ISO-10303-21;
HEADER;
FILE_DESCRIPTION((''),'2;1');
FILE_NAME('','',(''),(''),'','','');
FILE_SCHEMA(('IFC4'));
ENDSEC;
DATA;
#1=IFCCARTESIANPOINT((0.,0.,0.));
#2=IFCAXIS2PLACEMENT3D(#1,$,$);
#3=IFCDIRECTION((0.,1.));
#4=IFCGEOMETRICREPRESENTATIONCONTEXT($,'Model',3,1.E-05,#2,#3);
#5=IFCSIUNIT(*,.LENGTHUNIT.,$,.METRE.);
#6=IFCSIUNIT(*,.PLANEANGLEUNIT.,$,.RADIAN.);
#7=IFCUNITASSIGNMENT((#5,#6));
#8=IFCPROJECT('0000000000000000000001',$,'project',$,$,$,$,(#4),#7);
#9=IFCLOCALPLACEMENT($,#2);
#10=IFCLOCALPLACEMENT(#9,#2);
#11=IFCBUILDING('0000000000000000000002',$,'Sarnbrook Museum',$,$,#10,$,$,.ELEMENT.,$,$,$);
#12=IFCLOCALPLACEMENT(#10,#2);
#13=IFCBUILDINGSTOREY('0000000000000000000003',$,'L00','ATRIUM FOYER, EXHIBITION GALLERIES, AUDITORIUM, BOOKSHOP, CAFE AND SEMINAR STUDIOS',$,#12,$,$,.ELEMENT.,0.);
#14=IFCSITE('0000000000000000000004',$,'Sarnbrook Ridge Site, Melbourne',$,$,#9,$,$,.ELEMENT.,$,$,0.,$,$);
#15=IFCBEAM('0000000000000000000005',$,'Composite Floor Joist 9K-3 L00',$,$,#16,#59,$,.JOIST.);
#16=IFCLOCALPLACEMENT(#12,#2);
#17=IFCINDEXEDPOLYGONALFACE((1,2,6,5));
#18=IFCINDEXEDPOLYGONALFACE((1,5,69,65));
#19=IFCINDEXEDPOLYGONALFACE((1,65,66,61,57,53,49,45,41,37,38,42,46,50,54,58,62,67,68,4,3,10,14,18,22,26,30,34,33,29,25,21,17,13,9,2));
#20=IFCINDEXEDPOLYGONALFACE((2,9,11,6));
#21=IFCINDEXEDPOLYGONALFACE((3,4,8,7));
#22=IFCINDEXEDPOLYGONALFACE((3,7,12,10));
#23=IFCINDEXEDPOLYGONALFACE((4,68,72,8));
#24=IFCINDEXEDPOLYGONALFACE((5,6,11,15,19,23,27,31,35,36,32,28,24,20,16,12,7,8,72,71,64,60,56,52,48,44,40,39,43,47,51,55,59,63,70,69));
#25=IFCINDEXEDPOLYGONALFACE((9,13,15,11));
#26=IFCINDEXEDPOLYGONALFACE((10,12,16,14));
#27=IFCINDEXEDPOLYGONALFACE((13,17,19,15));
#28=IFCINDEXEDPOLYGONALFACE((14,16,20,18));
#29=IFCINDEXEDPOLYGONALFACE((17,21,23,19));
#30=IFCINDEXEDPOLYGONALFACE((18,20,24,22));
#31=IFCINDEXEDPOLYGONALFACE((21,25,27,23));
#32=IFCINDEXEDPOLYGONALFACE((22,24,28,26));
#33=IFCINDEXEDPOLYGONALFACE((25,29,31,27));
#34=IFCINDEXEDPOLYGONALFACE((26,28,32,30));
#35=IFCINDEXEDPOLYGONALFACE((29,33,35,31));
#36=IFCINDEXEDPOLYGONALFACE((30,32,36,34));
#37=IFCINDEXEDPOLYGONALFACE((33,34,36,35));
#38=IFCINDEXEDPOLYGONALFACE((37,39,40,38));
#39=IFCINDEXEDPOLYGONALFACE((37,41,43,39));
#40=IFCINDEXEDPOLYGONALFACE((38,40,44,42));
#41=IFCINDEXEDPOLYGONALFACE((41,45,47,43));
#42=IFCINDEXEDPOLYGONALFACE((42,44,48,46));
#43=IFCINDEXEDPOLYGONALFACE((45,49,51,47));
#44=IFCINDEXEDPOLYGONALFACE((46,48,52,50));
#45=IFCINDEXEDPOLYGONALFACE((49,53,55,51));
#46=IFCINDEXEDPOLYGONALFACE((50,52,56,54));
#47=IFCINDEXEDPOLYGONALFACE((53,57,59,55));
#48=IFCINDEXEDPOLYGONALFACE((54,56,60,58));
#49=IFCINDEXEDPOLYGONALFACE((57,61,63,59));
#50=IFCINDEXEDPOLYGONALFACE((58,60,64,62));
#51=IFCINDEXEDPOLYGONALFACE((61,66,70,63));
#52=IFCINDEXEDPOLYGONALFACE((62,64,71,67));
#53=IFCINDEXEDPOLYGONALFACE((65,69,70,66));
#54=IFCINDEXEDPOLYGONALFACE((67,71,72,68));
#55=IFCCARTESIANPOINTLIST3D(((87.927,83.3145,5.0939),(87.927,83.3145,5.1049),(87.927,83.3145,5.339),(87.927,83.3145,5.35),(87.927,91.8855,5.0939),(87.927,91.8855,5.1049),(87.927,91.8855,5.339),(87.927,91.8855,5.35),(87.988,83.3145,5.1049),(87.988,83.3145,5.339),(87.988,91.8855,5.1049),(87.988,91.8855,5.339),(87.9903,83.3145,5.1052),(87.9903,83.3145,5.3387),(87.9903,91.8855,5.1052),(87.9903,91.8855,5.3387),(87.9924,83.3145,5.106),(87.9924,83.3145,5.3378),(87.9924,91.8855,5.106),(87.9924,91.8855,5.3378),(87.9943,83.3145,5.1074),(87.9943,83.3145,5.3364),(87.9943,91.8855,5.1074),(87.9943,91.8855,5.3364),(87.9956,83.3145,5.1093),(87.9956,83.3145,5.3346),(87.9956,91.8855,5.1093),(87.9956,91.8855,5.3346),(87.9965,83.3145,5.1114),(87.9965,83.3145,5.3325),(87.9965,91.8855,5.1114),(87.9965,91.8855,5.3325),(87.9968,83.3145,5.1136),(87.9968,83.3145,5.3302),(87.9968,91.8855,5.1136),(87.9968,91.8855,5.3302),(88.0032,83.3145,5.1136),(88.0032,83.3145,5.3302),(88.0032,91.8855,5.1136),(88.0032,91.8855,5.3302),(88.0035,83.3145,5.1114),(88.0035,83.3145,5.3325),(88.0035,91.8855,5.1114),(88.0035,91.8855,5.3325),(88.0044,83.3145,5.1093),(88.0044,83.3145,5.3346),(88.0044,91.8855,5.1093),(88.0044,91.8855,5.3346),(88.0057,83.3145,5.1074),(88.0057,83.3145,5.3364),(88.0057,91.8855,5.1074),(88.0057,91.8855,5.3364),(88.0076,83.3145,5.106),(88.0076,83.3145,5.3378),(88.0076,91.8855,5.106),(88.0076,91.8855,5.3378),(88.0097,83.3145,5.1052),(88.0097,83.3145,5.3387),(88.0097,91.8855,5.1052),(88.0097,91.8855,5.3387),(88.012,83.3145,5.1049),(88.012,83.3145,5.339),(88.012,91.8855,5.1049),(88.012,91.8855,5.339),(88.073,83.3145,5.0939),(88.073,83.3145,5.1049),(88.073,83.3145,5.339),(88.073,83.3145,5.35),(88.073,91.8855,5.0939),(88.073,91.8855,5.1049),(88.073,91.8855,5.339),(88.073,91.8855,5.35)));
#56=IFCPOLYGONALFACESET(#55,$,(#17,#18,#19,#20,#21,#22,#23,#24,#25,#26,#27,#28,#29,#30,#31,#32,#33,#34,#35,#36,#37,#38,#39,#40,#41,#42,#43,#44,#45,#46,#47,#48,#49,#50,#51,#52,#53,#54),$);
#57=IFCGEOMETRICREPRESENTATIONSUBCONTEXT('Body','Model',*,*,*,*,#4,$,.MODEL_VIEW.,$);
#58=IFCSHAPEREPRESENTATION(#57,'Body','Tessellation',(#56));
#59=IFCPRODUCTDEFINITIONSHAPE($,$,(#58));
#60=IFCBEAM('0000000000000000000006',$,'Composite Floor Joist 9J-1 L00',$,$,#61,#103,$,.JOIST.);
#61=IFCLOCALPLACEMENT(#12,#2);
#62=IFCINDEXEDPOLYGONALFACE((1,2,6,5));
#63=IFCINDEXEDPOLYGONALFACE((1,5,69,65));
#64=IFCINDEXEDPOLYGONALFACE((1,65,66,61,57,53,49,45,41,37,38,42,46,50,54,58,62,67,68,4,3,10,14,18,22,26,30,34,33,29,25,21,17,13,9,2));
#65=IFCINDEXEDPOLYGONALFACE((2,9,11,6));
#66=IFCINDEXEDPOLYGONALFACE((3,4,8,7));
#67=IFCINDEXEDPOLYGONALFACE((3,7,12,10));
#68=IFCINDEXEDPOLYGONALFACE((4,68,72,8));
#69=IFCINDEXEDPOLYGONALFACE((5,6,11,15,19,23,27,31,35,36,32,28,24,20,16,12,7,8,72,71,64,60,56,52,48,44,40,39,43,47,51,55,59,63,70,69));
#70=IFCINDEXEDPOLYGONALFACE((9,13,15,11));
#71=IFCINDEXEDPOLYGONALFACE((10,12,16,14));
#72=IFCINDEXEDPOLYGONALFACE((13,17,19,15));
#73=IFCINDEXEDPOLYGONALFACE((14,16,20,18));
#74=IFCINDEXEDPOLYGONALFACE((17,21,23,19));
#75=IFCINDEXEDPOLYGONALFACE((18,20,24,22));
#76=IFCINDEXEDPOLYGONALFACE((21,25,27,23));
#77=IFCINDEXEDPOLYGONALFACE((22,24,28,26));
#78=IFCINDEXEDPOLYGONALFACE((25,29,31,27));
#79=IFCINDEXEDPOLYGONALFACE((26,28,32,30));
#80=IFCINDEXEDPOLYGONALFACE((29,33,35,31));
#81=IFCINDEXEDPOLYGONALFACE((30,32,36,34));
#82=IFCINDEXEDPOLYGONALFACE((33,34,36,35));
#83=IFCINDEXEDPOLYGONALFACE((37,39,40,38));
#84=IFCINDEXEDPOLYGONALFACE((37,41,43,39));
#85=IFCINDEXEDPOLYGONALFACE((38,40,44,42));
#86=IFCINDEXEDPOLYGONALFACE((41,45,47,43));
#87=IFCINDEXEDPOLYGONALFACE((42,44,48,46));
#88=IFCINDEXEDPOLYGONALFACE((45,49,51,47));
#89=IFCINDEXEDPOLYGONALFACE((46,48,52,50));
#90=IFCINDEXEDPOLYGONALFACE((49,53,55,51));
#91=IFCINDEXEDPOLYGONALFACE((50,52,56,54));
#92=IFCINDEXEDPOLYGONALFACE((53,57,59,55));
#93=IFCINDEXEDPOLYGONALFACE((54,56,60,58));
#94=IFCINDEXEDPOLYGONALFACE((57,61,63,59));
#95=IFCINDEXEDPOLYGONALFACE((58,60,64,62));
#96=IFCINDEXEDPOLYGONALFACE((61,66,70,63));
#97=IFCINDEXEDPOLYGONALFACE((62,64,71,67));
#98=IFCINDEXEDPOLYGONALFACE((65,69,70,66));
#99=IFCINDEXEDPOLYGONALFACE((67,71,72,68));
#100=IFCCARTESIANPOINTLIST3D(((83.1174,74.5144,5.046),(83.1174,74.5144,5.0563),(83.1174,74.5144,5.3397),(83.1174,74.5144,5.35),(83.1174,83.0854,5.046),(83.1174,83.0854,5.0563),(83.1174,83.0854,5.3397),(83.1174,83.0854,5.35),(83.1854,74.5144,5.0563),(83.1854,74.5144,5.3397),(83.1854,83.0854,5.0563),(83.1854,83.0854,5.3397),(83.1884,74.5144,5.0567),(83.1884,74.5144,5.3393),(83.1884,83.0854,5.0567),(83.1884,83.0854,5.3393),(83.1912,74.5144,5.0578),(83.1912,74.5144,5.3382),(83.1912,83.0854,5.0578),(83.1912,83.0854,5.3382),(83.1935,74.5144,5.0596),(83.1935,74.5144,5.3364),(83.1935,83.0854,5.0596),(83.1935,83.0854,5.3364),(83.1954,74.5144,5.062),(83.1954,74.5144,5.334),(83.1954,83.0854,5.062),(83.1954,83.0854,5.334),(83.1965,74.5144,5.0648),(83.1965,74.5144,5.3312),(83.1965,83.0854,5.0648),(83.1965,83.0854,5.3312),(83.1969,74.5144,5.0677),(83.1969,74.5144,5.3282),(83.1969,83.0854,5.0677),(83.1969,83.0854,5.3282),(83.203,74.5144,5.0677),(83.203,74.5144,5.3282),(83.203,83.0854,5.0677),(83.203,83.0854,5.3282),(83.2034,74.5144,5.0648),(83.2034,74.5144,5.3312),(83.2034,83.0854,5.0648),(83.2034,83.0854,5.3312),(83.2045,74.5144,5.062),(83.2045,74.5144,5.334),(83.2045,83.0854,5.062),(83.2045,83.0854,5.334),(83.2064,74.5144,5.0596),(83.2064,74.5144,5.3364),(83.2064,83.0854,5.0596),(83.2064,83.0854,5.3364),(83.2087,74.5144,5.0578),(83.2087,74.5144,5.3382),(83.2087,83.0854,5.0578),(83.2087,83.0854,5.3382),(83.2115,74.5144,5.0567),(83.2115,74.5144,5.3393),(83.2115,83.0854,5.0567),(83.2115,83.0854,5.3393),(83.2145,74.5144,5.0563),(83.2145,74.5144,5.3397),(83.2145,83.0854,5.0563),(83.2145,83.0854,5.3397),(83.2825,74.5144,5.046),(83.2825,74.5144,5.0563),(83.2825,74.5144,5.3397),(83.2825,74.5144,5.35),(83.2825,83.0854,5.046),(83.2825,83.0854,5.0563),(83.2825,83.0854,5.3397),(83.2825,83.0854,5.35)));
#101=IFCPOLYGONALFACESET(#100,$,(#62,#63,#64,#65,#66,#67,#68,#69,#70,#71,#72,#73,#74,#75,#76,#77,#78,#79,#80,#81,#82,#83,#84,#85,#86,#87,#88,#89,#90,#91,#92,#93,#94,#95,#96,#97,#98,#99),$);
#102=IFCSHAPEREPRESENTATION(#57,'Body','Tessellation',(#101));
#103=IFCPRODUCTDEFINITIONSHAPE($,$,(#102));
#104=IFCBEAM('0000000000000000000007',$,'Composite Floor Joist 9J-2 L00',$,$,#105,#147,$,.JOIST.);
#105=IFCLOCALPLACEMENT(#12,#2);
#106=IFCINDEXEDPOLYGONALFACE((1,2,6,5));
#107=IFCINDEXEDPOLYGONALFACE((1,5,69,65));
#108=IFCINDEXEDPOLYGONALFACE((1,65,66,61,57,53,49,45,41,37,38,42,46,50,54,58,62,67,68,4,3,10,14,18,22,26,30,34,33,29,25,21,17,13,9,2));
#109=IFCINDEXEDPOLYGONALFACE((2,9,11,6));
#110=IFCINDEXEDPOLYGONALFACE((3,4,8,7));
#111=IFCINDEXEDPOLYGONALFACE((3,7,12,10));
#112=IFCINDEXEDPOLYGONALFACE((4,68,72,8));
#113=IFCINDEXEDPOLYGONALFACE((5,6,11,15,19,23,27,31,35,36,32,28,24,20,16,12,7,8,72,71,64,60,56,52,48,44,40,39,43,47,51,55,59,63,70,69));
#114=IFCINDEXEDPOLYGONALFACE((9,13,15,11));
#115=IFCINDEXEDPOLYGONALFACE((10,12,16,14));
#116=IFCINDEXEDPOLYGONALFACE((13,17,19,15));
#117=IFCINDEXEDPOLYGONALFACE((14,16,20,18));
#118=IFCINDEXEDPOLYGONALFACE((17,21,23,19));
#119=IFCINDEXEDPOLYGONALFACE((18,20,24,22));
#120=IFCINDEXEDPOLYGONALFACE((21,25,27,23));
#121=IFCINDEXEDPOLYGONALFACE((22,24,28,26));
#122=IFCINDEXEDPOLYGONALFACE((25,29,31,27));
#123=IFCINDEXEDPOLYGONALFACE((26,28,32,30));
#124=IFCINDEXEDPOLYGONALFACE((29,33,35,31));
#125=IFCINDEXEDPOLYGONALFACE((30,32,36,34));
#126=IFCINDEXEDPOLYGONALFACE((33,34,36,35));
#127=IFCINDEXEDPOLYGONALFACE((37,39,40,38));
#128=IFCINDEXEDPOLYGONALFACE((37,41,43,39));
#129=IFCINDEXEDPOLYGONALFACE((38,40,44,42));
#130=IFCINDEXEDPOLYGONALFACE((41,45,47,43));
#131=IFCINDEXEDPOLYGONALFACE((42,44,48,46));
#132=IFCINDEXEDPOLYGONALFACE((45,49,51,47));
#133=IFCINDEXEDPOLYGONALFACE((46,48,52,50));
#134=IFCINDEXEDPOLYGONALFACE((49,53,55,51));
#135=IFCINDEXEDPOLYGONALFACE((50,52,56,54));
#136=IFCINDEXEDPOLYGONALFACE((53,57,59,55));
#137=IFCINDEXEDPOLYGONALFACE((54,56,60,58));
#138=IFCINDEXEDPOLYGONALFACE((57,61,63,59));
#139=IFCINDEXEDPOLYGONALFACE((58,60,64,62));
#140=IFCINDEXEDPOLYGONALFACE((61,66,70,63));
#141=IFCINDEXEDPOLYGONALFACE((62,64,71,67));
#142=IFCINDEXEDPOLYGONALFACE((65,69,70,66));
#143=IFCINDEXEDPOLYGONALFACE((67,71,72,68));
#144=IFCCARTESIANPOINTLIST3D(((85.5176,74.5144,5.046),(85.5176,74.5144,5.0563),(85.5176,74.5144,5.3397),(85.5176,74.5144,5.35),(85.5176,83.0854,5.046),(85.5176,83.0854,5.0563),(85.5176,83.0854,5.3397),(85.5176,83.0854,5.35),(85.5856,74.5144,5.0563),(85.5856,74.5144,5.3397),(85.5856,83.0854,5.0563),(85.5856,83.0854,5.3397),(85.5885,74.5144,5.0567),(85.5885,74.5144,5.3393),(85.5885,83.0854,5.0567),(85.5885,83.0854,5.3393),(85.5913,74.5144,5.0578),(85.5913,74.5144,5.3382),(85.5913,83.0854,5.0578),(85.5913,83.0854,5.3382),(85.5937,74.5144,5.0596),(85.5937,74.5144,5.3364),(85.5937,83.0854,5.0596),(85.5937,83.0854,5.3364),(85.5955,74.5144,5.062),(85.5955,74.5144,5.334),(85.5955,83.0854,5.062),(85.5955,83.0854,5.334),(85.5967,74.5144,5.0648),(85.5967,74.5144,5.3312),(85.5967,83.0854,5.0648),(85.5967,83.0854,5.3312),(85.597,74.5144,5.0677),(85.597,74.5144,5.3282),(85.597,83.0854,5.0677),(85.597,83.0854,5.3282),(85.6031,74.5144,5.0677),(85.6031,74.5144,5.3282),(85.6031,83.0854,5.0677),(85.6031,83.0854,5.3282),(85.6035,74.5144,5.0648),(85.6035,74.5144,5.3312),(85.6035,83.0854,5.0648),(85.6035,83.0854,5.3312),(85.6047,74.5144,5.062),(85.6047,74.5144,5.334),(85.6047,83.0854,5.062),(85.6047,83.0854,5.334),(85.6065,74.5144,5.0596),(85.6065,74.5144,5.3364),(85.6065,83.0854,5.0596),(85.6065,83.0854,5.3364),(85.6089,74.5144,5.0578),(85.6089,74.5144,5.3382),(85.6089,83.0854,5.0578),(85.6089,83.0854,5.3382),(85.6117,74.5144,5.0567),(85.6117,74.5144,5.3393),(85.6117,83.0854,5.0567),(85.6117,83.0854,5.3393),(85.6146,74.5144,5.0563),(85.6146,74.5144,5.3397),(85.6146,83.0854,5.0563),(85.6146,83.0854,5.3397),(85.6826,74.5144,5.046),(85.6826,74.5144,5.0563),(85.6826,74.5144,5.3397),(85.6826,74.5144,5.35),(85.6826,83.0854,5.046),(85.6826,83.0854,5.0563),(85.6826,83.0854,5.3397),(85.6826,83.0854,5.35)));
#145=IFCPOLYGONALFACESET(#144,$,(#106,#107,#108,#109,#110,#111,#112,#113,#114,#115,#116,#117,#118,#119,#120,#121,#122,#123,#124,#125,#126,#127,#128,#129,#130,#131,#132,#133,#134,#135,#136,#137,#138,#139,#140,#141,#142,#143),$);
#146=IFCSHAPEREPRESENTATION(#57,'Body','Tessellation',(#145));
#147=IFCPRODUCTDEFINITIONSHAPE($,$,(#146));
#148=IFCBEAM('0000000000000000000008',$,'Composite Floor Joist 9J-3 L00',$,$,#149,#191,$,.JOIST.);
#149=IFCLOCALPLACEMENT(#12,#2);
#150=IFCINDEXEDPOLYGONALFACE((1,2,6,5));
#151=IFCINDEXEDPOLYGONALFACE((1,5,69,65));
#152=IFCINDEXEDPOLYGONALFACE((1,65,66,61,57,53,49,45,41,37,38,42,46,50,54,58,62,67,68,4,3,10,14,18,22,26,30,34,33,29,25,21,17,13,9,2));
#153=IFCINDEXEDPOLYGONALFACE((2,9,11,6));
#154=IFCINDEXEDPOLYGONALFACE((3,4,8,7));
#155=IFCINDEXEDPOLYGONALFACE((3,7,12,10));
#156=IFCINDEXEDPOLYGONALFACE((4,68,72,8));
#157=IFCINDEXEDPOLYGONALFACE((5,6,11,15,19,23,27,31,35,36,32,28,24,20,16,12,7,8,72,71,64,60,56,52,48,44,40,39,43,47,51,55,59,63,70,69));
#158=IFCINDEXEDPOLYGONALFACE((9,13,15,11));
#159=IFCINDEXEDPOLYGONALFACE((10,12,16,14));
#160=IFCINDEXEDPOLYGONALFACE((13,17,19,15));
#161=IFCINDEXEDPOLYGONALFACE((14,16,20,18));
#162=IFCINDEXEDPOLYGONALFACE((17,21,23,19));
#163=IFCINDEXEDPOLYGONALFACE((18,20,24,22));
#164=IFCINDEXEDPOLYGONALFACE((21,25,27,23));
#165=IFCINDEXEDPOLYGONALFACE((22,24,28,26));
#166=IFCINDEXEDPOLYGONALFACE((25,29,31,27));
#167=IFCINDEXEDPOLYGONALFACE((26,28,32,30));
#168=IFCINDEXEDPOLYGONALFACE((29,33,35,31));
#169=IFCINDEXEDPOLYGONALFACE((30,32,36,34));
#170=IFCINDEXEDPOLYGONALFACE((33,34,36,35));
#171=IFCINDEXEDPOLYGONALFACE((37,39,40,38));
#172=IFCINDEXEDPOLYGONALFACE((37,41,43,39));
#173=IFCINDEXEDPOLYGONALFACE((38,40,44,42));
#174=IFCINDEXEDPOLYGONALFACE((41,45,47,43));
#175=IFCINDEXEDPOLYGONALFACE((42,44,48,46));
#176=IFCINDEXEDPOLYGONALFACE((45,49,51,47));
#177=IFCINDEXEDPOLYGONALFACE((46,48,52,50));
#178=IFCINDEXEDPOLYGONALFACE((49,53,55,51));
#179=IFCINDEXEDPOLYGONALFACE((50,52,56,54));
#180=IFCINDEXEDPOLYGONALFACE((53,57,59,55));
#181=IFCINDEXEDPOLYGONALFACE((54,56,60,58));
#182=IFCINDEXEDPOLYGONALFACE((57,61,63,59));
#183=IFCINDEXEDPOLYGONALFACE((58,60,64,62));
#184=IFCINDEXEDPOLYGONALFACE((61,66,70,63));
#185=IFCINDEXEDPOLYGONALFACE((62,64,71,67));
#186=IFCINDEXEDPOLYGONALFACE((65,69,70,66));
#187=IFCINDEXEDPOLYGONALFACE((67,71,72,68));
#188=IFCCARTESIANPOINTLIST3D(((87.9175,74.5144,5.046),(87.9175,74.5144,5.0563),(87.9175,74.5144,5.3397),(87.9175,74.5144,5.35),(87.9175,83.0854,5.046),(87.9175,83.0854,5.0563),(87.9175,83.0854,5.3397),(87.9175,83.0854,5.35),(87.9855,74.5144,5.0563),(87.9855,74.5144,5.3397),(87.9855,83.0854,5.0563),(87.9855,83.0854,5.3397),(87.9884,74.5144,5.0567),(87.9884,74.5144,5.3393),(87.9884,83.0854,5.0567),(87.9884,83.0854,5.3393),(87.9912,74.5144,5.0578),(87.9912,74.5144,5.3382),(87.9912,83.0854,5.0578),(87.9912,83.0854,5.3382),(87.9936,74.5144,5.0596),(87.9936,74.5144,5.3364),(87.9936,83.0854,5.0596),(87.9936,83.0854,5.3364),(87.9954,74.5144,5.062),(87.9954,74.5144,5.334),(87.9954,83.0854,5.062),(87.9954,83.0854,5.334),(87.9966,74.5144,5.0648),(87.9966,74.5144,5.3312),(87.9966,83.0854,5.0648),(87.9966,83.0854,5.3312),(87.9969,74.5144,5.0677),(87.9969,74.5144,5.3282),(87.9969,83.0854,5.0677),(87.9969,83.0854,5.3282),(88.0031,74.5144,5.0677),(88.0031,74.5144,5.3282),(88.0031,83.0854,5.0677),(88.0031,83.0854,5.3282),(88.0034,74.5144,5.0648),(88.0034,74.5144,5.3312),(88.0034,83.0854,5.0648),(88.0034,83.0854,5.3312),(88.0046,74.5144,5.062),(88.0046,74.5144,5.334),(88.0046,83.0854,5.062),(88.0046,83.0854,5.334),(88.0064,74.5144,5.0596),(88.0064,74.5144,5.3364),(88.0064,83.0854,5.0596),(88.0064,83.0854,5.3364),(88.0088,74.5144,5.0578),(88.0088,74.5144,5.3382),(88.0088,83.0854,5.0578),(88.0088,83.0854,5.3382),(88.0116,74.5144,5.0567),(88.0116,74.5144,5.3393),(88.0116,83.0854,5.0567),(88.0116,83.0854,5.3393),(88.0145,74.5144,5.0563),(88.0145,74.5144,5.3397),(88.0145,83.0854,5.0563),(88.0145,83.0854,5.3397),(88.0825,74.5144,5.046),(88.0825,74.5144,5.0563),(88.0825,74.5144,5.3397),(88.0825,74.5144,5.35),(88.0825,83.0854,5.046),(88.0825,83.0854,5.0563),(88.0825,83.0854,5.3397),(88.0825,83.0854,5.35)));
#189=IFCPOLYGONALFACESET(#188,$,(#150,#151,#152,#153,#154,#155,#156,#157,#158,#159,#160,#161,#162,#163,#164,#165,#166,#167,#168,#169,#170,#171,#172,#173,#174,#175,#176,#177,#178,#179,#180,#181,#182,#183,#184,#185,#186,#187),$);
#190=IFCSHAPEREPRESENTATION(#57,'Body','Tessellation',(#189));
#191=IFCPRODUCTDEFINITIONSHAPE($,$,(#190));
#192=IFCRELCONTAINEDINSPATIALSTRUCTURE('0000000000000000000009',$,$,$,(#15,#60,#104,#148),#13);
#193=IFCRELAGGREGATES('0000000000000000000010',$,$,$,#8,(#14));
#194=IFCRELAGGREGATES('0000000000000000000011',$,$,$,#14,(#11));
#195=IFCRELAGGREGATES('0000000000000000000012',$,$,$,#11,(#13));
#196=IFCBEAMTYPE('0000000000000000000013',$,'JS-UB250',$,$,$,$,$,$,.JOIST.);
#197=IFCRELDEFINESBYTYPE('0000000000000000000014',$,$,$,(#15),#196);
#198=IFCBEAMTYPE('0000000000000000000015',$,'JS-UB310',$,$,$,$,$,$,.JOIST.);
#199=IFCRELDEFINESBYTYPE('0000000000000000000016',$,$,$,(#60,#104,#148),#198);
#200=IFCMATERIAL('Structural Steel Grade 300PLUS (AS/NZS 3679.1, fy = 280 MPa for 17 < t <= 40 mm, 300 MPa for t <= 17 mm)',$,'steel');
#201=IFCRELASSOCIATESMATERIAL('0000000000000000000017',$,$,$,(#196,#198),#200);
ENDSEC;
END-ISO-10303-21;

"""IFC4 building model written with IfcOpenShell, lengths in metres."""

from ifc_helpers import new_model, si_unit, direction, frame, origin, origin_2d, place, context, subcontext, project, spatial, i_section, extrude, material, material_profile, profile_set, type_object, element, save


model = new_model("IFC4")

# Units and contexts
model_context = context("Model", 3, precision=1e-05, world=origin(), true_north=direction((0.0, 1.0)))
body_context = subcontext(model_context, "Body", "Model", "MODEL_VIEW")
ifc_project = project(units=[si_unit("LENGTHUNIT", "METRE"), si_unit("PLANEANGLEUNIT", "RADIAN")], contexts=[model_context])

# Site, building, storey
site_placement = place(None, origin())
site = spatial("IfcSite", under=ifc_project, at=site_placement, Name="Sarnbrook Ridge Site, Melbourne", CompositionType="ELEMENT", RefElevation=0.0)
building_placement = place(site_placement, origin())
building = spatial("IfcBuilding", under=site, at=building_placement, Name="Sarnbrook Museum", CompositionType="ELEMENT")
storey_placement = place(building_placement, origin())
storey = spatial("IfcBuildingStorey", under=building, at=storey_placement, Name="L00", Description="ATRIUM FOYER, EXHIBITION GALLERIES, AUDITORIUM, BOOKSHOP, CAFE AND SEMINAR STUDIOS", CompositionType="ELEMENT", Elevation=0.0)

# Beams
ifc_material_1 = material(Name="Structural Steel Grade 300PLUS (AS/NZS 3679.1, fy = 280 MPa for 17 < t <= 40 mm, 300 MPa for t <= 17 mm)", Category="steel")
ifc_material_profile_1 = material_profile(ifc_material_1, i_section(OverallWidth=0.146, OverallDepth=0.2561, WebThickness=0.0063, FlangeThickness=0.011, FilletRadius=0.0088, at=origin_2d()), Name="250UB37.3")
ifc_profile_set_1 = profile_set([ifc_material_profile_1], Name="Structural Steel Grade 300PLUS (AS/NZS 3679.1, fy = 280 MPa for 17 < t <= 40 mm, 300 MPa for t <= 17 mm)")
beam_type_1 = type_object("IfcBeamType", Name="JS-UB250", PredefinedType="JOIST", material=ifc_profile_set_1)
for number, where, z_axis, x_axis, name in (
    (1, (88.0, 83.3145, 5.2219), (0.0, 1.0, 0.0), (-1.0, 0.0, 0.0), "Composite Floor Joist 9K-3 L00"),
):
    element("IfcBeam", number, at=place(storey_placement, frame(where, z_axis=z_axis, x_axis=x_axis)), inside=storey, type_object=beam_type_1, Name=name, PredefinedType="JOIST", context=body_context, shape_type="SweptSolid", body=[
        extrude(i_section(OverallWidth=0.146, OverallDepth=0.2561, WebThickness=0.0063, FlangeThickness=0.011, FilletRadius=0.0088, at=origin_2d()), origin(), (0.0, 0.0, 1.0), 8.571),
    ])
ifc_material_profile_2 = material_profile(ifc_material_1, i_section(OverallWidth=0.165, OverallDepth=0.304, WebThickness=0.0061, FlangeThickness=0.0103, FilletRadius=0.0115, at=origin_2d()), Name="310UB40.4")
ifc_profile_set_2 = profile_set([ifc_material_profile_2], Name="Structural Steel Grade 300PLUS (AS/NZS 3679.1, fy = 280 MPa for 17 < t <= 40 mm, 300 MPa for t <= 17 mm)")
beam_type_2 = type_object("IfcBeamType", Name="JS-UB310", PredefinedType="JOIST", material=ifc_profile_set_2)
for number, where, z_axis, x_axis, name in (
    (2, (83.2, 74.5144, 5.198), (0.0, 1.0, 0.0), (-1.0, 0.0, 0.0), "Composite Floor Joist 9J-1 L00"),
    (3, (85.6001, 74.5144, 5.198), (0.0, 1.0, 0.0), (-1.0, 0.0, 0.0), "Composite Floor Joist 9J-2 L00"),
    (4, (88.0, 74.5144, 5.198), (0.0, 1.0, 0.0), (-1.0, 0.0, 0.0), "Composite Floor Joist 9J-3 L00"),
):
    element("IfcBeam", number, at=place(storey_placement, frame(where, z_axis=z_axis, x_axis=x_axis)), inside=storey, type_object=beam_type_2, Name=name, PredefinedType="JOIST", context=body_context, shape_type="SweptSolid", body=[
        extrude(i_section(OverallWidth=0.165, OverallDepth=0.304, WebThickness=0.0061, FlangeThickness=0.0103, FilletRadius=0.0115, at=origin_2d()), origin(), (0.0, 0.0, 1.0), 8.571),
    ])

save(model, "model.ifc")
